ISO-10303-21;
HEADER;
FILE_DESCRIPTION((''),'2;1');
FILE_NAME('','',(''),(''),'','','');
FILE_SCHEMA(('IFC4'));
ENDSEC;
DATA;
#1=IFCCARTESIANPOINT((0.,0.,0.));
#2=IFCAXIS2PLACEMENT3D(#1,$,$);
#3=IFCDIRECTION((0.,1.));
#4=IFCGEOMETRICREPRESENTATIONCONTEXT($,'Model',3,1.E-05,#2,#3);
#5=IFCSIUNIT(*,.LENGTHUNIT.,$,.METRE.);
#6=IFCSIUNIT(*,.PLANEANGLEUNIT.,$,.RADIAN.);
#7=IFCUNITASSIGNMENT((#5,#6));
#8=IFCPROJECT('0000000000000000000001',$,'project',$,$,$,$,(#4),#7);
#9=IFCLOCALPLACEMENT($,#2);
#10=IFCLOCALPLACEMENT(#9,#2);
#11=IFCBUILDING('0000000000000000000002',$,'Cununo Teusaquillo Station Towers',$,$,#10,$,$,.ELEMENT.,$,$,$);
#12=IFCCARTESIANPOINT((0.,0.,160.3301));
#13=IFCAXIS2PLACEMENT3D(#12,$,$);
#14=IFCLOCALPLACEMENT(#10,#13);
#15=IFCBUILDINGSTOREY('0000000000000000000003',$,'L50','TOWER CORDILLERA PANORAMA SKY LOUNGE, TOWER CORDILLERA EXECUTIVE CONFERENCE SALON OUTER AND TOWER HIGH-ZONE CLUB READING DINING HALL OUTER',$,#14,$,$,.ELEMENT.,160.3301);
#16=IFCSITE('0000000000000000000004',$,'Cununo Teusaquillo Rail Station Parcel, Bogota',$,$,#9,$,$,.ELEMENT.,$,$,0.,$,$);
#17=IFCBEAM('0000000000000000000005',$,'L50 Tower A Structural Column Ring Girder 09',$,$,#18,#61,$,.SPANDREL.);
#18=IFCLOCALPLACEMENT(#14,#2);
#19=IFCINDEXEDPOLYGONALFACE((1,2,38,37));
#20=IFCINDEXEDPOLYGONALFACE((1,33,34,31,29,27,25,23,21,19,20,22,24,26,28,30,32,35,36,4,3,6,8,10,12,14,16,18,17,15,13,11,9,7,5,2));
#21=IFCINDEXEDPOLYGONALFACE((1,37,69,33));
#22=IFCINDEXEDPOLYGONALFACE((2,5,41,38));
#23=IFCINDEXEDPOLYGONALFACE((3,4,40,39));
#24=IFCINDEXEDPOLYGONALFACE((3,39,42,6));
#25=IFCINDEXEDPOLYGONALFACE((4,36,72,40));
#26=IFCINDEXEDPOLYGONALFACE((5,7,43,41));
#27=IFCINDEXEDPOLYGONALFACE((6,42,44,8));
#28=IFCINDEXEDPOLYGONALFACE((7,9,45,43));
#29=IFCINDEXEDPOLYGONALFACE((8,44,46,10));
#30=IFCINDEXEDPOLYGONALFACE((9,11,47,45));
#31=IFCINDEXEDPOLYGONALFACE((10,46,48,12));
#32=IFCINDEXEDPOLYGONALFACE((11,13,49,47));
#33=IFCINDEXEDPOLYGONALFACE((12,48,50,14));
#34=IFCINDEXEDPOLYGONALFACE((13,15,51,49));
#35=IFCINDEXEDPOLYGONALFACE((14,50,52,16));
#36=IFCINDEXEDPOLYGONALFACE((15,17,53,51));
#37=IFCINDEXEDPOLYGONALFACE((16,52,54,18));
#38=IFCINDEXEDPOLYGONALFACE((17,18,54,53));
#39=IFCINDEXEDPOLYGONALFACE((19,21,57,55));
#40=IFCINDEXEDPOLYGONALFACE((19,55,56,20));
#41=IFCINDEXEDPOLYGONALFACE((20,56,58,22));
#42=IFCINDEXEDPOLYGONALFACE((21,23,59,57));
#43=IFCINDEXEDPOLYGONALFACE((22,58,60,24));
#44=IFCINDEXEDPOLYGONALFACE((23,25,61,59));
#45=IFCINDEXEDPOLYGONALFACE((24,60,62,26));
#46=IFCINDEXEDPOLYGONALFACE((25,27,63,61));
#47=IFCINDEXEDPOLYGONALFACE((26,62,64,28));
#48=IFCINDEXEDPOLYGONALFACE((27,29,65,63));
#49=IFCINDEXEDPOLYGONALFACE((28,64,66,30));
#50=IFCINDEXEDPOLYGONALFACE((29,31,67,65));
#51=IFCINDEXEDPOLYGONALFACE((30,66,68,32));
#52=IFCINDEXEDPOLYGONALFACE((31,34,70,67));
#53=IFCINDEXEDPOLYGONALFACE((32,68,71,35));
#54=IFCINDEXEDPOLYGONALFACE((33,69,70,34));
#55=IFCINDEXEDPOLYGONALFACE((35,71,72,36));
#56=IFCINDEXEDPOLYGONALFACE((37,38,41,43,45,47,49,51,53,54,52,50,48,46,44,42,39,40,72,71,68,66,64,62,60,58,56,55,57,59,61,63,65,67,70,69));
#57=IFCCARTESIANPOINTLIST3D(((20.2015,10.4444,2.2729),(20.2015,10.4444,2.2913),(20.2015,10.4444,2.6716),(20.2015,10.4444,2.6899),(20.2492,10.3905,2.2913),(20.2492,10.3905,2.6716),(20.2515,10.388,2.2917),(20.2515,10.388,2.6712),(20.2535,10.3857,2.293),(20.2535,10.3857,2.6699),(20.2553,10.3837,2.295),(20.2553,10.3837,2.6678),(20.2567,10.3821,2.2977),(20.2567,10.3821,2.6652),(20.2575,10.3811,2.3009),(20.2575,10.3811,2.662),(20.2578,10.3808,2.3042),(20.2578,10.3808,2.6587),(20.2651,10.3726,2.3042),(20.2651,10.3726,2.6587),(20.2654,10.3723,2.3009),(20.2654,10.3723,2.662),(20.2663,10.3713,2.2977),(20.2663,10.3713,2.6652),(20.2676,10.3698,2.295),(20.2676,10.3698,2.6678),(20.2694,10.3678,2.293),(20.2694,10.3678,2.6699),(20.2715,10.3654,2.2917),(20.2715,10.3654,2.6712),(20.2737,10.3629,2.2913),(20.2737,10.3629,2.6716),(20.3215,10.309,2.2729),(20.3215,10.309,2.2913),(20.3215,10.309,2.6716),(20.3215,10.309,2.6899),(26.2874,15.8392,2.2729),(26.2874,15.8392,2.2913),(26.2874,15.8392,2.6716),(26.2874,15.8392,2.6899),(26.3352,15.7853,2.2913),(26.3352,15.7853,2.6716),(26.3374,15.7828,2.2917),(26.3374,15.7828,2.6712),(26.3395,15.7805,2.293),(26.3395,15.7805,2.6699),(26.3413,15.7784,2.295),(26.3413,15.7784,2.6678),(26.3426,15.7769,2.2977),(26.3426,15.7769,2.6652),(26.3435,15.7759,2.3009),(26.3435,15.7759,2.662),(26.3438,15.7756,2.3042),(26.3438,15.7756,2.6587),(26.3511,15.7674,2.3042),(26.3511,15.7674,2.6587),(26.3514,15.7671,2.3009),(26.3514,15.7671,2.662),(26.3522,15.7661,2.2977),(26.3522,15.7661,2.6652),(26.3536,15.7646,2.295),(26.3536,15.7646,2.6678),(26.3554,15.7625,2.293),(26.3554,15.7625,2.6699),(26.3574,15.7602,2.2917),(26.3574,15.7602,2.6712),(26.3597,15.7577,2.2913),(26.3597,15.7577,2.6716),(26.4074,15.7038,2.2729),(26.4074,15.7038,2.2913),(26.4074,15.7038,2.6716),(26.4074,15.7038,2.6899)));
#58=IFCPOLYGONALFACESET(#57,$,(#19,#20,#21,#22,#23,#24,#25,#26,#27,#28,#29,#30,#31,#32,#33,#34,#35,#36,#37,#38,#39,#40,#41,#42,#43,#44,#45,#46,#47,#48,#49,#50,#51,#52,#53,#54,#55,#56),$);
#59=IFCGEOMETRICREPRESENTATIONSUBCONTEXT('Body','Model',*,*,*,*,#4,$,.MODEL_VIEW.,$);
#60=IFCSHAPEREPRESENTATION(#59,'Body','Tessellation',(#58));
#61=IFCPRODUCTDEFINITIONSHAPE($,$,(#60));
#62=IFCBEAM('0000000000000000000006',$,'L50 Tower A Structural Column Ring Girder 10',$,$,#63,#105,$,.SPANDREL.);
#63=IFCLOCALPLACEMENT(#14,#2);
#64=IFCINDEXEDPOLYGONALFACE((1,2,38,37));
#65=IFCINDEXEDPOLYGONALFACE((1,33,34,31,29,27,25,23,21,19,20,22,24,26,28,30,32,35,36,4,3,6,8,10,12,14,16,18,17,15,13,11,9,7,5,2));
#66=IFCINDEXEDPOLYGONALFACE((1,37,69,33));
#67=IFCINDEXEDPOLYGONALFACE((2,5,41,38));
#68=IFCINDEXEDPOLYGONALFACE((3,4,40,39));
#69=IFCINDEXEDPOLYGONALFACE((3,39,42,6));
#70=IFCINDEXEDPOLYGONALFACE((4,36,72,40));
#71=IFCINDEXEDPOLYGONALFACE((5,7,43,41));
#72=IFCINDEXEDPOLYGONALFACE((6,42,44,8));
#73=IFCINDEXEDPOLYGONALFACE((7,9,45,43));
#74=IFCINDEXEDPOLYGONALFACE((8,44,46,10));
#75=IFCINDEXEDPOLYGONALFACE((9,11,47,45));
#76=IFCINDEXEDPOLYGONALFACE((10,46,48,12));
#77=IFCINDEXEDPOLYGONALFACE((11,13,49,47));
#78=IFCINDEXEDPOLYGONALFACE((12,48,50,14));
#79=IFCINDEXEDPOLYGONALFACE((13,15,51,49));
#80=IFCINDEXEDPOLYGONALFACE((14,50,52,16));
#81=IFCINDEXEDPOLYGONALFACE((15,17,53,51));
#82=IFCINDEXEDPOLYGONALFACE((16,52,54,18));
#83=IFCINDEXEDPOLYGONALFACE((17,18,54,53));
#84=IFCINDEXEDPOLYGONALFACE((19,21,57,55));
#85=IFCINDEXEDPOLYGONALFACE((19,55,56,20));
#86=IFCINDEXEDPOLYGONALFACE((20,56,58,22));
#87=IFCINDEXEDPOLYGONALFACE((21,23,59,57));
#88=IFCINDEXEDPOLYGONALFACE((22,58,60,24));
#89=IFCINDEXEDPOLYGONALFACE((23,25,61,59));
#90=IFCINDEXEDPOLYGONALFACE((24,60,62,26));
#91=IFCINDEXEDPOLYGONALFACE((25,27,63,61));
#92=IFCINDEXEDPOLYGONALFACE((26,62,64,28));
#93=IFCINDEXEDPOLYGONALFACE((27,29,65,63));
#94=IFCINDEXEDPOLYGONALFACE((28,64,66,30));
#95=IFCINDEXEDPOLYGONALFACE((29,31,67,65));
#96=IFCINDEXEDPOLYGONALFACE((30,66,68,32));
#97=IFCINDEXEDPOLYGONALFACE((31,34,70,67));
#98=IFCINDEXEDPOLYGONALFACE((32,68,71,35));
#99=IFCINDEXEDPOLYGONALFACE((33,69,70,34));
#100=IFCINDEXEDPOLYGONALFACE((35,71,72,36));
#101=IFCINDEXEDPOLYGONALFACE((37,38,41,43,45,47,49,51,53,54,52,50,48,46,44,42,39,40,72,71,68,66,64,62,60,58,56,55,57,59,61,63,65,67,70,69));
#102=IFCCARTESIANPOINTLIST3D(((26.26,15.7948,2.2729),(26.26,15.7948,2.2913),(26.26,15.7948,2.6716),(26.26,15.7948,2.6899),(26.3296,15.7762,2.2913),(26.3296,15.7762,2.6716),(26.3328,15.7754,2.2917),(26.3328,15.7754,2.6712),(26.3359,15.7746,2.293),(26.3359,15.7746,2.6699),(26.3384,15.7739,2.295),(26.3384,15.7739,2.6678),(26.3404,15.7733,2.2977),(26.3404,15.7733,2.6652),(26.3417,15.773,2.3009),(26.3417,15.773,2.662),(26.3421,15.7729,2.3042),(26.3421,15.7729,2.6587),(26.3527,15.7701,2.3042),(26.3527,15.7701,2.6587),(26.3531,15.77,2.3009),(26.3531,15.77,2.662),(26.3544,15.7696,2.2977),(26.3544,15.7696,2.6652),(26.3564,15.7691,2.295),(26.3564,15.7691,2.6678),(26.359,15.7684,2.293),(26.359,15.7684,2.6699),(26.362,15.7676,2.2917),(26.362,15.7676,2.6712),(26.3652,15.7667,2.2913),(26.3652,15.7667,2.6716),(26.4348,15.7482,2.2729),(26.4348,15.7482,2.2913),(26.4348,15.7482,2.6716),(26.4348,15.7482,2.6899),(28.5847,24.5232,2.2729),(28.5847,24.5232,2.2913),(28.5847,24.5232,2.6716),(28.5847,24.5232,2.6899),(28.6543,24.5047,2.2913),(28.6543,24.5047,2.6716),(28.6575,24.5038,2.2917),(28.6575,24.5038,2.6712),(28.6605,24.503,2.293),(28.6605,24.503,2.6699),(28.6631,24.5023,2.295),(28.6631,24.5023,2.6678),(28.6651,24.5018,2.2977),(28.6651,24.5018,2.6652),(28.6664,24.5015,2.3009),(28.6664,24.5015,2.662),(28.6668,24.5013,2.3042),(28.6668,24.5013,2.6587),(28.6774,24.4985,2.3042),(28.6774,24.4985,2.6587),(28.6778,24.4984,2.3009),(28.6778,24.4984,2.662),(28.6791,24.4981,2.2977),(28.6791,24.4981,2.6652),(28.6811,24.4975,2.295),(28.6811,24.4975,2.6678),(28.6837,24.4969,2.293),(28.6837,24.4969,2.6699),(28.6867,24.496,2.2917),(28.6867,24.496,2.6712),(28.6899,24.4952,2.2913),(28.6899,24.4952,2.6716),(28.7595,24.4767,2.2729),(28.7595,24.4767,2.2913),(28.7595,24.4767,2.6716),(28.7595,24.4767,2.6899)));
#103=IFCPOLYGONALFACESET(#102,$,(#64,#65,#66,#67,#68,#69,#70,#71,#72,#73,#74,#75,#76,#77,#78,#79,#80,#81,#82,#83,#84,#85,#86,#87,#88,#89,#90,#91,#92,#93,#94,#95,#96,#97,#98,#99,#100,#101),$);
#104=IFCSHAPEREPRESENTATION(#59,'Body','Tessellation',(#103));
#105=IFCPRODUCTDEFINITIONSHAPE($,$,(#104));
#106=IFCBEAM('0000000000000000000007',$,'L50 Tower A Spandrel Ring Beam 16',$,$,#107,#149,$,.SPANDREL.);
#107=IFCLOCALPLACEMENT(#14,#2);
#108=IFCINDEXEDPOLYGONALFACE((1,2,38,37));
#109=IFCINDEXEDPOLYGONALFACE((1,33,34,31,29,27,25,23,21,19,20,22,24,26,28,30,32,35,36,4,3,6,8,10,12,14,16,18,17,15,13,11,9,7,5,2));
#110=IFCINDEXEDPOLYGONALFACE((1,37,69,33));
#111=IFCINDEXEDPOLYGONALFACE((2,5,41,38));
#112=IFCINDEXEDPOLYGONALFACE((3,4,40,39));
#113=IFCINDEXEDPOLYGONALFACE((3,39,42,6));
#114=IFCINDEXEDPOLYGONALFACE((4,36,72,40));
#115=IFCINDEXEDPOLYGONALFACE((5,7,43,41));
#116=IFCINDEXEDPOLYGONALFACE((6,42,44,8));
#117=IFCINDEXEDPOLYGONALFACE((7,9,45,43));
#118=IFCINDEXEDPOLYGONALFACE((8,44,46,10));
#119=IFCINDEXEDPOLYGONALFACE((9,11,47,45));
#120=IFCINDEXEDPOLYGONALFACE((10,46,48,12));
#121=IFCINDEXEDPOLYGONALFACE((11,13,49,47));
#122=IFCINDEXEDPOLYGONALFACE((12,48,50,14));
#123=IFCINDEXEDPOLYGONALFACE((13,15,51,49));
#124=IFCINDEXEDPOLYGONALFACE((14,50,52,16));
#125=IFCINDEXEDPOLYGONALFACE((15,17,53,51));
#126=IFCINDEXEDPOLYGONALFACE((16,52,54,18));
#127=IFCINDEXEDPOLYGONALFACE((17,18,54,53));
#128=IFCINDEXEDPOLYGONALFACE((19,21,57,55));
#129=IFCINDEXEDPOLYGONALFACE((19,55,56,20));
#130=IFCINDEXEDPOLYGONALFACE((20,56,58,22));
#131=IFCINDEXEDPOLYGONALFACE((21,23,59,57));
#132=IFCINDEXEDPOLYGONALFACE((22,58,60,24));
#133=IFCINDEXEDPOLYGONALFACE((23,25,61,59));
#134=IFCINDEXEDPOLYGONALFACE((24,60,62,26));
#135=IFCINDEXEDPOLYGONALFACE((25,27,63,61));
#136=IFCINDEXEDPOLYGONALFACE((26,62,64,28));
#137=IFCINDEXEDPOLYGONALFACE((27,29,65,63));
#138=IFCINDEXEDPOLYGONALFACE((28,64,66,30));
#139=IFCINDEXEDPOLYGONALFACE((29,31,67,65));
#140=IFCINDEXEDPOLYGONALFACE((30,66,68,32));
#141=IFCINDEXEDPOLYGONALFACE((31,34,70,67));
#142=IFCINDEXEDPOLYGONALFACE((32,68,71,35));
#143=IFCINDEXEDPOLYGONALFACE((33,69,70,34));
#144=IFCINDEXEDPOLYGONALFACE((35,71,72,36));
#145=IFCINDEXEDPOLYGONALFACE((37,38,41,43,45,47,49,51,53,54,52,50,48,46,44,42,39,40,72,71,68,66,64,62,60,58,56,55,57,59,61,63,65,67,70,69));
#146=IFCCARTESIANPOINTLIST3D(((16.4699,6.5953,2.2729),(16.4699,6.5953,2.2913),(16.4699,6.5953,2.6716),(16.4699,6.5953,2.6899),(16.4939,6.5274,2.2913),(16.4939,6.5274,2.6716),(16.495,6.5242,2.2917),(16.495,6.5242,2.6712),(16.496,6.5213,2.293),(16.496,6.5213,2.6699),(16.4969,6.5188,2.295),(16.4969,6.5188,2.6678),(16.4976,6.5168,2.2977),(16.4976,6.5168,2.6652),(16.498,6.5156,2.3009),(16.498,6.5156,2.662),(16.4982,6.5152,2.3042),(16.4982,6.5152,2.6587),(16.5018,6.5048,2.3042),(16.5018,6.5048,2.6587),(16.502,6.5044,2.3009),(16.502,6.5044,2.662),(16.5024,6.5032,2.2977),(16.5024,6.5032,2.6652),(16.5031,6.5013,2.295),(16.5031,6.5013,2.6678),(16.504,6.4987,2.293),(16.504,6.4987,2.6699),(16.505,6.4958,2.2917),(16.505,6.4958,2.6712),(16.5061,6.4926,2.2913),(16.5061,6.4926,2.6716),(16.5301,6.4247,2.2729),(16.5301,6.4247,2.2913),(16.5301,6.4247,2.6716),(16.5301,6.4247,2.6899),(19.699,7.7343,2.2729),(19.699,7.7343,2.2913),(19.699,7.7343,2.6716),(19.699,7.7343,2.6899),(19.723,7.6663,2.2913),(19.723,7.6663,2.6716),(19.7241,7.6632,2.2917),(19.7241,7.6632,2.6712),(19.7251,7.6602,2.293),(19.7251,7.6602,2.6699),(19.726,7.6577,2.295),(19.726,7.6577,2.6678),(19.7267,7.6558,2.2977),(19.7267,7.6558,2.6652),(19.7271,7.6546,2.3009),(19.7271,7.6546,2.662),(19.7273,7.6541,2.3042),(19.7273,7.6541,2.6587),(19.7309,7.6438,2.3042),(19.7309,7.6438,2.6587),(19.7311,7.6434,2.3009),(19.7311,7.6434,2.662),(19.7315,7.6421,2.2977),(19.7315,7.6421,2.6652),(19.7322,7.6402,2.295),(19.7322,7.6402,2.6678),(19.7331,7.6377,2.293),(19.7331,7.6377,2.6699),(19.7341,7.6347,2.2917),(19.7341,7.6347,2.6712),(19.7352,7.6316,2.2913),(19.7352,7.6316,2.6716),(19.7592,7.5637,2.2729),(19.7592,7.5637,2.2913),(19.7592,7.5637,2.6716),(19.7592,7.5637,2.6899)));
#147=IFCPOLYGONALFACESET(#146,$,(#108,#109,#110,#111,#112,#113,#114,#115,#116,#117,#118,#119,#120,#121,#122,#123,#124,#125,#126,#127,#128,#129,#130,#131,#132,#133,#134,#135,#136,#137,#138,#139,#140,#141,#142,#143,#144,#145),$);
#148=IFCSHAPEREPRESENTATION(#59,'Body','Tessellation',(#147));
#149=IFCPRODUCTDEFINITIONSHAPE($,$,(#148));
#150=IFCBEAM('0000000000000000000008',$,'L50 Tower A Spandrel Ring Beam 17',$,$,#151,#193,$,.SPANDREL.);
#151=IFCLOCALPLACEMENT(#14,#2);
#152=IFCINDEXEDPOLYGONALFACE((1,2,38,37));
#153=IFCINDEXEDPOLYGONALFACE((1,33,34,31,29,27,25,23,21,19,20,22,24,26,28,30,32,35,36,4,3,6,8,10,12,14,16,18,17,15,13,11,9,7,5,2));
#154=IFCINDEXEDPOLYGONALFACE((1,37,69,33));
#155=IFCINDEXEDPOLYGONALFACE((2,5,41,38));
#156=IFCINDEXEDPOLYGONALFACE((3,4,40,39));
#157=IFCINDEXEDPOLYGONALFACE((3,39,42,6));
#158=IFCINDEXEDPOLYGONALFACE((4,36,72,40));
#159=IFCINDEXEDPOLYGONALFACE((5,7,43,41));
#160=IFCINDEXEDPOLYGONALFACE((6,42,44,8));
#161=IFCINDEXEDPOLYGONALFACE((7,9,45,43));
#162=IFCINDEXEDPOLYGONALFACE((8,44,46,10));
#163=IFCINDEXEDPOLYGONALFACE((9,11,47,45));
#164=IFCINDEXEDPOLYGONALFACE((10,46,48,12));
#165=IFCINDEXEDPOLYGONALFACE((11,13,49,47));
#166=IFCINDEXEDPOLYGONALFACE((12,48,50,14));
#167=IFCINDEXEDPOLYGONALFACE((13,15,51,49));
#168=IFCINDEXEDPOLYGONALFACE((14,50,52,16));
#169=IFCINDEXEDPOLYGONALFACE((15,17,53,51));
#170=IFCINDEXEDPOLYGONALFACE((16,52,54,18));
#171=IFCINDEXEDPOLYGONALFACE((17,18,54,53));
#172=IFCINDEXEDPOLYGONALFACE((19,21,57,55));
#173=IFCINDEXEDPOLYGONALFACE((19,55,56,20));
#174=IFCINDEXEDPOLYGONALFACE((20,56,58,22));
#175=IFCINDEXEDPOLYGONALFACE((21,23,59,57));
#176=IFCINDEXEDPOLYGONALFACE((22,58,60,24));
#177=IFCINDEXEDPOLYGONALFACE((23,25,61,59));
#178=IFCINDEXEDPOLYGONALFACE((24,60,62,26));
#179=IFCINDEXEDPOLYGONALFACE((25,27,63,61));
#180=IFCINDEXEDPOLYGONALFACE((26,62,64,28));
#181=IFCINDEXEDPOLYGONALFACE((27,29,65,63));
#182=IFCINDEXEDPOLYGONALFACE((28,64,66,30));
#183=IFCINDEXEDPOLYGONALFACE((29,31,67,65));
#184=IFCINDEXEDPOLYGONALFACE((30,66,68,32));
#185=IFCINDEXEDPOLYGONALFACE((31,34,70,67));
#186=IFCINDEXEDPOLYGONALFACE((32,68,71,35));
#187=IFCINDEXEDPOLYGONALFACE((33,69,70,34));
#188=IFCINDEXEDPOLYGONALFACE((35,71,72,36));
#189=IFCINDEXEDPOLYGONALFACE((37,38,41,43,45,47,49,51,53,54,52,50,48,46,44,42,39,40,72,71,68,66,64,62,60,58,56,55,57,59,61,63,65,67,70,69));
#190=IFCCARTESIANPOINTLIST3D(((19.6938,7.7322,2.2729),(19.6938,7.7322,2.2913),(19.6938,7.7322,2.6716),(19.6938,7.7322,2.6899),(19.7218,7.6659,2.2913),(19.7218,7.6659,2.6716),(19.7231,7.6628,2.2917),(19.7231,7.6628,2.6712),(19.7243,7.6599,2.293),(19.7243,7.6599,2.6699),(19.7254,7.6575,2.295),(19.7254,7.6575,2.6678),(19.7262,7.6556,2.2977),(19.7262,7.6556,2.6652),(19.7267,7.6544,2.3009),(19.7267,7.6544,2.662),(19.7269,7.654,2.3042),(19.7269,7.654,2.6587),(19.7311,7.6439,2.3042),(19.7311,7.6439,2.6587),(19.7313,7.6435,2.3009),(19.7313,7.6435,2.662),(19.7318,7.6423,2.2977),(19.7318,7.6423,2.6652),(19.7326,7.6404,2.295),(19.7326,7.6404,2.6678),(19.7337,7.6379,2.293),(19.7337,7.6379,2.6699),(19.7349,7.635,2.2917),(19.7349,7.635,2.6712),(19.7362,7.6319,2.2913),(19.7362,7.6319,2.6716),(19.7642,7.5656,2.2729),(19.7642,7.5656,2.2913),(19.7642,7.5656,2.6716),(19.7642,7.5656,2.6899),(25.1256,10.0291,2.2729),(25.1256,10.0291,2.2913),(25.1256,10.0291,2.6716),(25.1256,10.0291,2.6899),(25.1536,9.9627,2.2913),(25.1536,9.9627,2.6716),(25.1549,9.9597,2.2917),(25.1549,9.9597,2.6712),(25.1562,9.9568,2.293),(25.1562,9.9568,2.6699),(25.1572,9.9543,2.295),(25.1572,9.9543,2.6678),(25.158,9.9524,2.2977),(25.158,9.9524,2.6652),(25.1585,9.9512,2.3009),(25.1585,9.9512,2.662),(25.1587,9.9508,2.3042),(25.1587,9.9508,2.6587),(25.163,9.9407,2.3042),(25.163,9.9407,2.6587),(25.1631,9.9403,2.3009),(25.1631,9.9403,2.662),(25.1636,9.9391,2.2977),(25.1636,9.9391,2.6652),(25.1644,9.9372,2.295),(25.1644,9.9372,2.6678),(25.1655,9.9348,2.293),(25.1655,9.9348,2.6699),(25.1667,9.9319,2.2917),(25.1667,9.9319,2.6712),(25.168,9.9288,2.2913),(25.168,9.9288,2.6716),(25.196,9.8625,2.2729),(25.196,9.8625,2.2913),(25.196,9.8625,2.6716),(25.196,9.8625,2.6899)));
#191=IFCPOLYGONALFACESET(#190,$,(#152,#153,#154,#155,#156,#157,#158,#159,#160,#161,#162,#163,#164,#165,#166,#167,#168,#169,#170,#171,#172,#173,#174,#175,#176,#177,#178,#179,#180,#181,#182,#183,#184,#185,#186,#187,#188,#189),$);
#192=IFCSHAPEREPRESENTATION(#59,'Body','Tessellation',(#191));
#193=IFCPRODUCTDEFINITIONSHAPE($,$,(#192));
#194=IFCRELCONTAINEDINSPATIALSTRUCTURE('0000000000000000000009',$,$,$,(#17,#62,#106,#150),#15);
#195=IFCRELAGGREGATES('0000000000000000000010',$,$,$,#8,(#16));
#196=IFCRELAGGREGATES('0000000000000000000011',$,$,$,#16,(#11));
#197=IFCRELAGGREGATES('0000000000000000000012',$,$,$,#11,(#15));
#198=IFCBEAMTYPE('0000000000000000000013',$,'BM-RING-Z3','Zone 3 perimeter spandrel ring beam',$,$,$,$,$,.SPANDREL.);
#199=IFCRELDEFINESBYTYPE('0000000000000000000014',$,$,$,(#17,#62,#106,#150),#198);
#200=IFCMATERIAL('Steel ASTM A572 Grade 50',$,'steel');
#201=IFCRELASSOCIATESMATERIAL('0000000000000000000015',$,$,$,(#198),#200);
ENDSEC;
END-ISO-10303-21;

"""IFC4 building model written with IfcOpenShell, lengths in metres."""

from ifc_helpers import new_model, si_unit, direction, frame, origin, origin_2d, place, context, subcontext, project, spatial, i_section, extrude, material, material_profile, profile_set, type_object, element, save


model = new_model("IFC4")

# Units and contexts
model_context = context("Model", 3, precision=1e-05, world=origin(), true_north=direction((0.0, 1.0)))
body_context = subcontext(model_context, "Body", "Model", "MODEL_VIEW")
ifc_project = project(units=[si_unit("LENGTHUNIT", "METRE"), si_unit("PLANEANGLEUNIT", "RADIAN")], contexts=[model_context])

# Site, building, storey
site_placement = place(None, origin())
site = spatial("IfcSite", under=ifc_project, at=site_placement, Name="Cununo Teusaquillo Rail Station Parcel, Bogota", CompositionType="ELEMENT", RefElevation=0.0)
building_placement = place(site_placement, origin())
building = spatial("IfcBuilding", under=site, at=building_placement, Name="Cununo Teusaquillo Station Towers", CompositionType="ELEMENT")
storey_placement = place(building_placement, frame((0.0, 0.0, 160.3301)))
storey = spatial("IfcBuildingStorey", under=building, at=storey_placement, Name="L50", Description="TOWER CORDILLERA PANORAMA SKY LOUNGE, TOWER CORDILLERA EXECUTIVE CONFERENCE SALON OUTER AND TOWER HIGH-ZONE CLUB READING DINING HALL OUTER", CompositionType="ELEMENT", Elevation=160.3301)

# Beams
ifc_material_1 = material(Name="Steel ASTM A572 Grade 50", Category="steel")
ifc_material_profile_1 = material_profile(ifc_material_1, i_section(OverallWidth=0.1809, OverallDepth=0.417, WebThickness=0.011, FlangeThickness=0.0183, FilletRadius=0.0129, at=origin_2d()), Name="W16X57")
ifc_profile_set_1 = profile_set([ifc_material_profile_1], Name="Steel ASTM A572 Grade 50")
beam_type_1 = type_object("IfcBeamType", Name="BM-RING-Z3", Description="Zone 3 perimeter spandrel ring beam", PredefinedType="SPANDREL", material=ifc_profile_set_1)
beam_1_placement = place(storey_placement, frame((20.2615, 10.3767, 2.4814), z_axis=(0.748321, 0.663337, 0.0), x_axis=(-0.663337, 0.748321, 0.0)))
element("IfcBeam", 1, at=beam_1_placement, inside=storey, type_object=beam_type_1, Name="L50 Tower A Structural Column Ring Girder 09", PredefinedType="SPANDREL", context=body_context, shape_type="SweptSolid", body=[
    extrude(i_section(OverallWidth=0.1809, OverallDepth=0.417, WebThickness=0.011, FlangeThickness=0.0183, FilletRadius=0.0129, at=origin_2d()), origin(), (0.0, 0.0, 1.0), 8.1328),
])
beam_2_placement = place(storey_placement, frame((26.3474, 15.7715, 2.4814), z_axis=(0.257363, 0.966315, 0.0), x_axis=(-0.966315, 0.257363, 0.0)))
element("IfcBeam", 2, at=beam_2_placement, inside=storey, type_object=beam_type_1, Name="L50 Tower A Structural Column Ring Girder 10", PredefinedType="SPANDREL", context=body_context, shape_type="SweptSolid", body=[
    extrude(i_section(OverallWidth=0.1809, OverallDepth=0.417, WebThickness=0.011, FlangeThickness=0.0183, FilletRadius=0.0129, at=origin_2d()), origin(), (0.0, 0.0, 1.0), 9.0327),
])
beam_3_placement = place(storey_placement, frame((16.5, 6.51, 2.4814), z_axis=(0.943057, 0.33263, 0.0), x_axis=(-0.33263, 0.943057, 0.0)))
element("IfcBeam", 3, at=beam_3_placement, inside=storey, type_object=beam_type_1, Name="L50 Tower A Spandrel Ring Beam 16", PredefinedType="SPANDREL", context=body_context, shape_type="SweptSolid", body=[
    extrude(i_section(OverallWidth=0.1809, OverallDepth=0.417, WebThickness=0.011, FlangeThickness=0.0183, FilletRadius=0.0129, at=origin_2d()), origin(), (0.0, 0.0, 1.0), 3.4241),
])
beam_4_placement = place(storey_placement, frame((19.729, 7.6489, 2.4814), z_axis=(0.921042, 0.389463, 0.0), x_axis=(-0.389463, 0.921042, 0.0)))
element("IfcBeam", 4, at=beam_4_placement, inside=storey, type_object=beam_type_1, Name="L50 Tower A Spandrel Ring Beam 17", PredefinedType="SPANDREL", context=body_context, shape_type="SweptSolid", body=[
    extrude(i_section(OverallWidth=0.1809, OverallDepth=0.417, WebThickness=0.011, FlangeThickness=0.0183, FilletRadius=0.0129, at=origin_2d()), origin(), (0.0, 0.0, 1.0), 5.8975),
])

save(model, "model.ifc")
